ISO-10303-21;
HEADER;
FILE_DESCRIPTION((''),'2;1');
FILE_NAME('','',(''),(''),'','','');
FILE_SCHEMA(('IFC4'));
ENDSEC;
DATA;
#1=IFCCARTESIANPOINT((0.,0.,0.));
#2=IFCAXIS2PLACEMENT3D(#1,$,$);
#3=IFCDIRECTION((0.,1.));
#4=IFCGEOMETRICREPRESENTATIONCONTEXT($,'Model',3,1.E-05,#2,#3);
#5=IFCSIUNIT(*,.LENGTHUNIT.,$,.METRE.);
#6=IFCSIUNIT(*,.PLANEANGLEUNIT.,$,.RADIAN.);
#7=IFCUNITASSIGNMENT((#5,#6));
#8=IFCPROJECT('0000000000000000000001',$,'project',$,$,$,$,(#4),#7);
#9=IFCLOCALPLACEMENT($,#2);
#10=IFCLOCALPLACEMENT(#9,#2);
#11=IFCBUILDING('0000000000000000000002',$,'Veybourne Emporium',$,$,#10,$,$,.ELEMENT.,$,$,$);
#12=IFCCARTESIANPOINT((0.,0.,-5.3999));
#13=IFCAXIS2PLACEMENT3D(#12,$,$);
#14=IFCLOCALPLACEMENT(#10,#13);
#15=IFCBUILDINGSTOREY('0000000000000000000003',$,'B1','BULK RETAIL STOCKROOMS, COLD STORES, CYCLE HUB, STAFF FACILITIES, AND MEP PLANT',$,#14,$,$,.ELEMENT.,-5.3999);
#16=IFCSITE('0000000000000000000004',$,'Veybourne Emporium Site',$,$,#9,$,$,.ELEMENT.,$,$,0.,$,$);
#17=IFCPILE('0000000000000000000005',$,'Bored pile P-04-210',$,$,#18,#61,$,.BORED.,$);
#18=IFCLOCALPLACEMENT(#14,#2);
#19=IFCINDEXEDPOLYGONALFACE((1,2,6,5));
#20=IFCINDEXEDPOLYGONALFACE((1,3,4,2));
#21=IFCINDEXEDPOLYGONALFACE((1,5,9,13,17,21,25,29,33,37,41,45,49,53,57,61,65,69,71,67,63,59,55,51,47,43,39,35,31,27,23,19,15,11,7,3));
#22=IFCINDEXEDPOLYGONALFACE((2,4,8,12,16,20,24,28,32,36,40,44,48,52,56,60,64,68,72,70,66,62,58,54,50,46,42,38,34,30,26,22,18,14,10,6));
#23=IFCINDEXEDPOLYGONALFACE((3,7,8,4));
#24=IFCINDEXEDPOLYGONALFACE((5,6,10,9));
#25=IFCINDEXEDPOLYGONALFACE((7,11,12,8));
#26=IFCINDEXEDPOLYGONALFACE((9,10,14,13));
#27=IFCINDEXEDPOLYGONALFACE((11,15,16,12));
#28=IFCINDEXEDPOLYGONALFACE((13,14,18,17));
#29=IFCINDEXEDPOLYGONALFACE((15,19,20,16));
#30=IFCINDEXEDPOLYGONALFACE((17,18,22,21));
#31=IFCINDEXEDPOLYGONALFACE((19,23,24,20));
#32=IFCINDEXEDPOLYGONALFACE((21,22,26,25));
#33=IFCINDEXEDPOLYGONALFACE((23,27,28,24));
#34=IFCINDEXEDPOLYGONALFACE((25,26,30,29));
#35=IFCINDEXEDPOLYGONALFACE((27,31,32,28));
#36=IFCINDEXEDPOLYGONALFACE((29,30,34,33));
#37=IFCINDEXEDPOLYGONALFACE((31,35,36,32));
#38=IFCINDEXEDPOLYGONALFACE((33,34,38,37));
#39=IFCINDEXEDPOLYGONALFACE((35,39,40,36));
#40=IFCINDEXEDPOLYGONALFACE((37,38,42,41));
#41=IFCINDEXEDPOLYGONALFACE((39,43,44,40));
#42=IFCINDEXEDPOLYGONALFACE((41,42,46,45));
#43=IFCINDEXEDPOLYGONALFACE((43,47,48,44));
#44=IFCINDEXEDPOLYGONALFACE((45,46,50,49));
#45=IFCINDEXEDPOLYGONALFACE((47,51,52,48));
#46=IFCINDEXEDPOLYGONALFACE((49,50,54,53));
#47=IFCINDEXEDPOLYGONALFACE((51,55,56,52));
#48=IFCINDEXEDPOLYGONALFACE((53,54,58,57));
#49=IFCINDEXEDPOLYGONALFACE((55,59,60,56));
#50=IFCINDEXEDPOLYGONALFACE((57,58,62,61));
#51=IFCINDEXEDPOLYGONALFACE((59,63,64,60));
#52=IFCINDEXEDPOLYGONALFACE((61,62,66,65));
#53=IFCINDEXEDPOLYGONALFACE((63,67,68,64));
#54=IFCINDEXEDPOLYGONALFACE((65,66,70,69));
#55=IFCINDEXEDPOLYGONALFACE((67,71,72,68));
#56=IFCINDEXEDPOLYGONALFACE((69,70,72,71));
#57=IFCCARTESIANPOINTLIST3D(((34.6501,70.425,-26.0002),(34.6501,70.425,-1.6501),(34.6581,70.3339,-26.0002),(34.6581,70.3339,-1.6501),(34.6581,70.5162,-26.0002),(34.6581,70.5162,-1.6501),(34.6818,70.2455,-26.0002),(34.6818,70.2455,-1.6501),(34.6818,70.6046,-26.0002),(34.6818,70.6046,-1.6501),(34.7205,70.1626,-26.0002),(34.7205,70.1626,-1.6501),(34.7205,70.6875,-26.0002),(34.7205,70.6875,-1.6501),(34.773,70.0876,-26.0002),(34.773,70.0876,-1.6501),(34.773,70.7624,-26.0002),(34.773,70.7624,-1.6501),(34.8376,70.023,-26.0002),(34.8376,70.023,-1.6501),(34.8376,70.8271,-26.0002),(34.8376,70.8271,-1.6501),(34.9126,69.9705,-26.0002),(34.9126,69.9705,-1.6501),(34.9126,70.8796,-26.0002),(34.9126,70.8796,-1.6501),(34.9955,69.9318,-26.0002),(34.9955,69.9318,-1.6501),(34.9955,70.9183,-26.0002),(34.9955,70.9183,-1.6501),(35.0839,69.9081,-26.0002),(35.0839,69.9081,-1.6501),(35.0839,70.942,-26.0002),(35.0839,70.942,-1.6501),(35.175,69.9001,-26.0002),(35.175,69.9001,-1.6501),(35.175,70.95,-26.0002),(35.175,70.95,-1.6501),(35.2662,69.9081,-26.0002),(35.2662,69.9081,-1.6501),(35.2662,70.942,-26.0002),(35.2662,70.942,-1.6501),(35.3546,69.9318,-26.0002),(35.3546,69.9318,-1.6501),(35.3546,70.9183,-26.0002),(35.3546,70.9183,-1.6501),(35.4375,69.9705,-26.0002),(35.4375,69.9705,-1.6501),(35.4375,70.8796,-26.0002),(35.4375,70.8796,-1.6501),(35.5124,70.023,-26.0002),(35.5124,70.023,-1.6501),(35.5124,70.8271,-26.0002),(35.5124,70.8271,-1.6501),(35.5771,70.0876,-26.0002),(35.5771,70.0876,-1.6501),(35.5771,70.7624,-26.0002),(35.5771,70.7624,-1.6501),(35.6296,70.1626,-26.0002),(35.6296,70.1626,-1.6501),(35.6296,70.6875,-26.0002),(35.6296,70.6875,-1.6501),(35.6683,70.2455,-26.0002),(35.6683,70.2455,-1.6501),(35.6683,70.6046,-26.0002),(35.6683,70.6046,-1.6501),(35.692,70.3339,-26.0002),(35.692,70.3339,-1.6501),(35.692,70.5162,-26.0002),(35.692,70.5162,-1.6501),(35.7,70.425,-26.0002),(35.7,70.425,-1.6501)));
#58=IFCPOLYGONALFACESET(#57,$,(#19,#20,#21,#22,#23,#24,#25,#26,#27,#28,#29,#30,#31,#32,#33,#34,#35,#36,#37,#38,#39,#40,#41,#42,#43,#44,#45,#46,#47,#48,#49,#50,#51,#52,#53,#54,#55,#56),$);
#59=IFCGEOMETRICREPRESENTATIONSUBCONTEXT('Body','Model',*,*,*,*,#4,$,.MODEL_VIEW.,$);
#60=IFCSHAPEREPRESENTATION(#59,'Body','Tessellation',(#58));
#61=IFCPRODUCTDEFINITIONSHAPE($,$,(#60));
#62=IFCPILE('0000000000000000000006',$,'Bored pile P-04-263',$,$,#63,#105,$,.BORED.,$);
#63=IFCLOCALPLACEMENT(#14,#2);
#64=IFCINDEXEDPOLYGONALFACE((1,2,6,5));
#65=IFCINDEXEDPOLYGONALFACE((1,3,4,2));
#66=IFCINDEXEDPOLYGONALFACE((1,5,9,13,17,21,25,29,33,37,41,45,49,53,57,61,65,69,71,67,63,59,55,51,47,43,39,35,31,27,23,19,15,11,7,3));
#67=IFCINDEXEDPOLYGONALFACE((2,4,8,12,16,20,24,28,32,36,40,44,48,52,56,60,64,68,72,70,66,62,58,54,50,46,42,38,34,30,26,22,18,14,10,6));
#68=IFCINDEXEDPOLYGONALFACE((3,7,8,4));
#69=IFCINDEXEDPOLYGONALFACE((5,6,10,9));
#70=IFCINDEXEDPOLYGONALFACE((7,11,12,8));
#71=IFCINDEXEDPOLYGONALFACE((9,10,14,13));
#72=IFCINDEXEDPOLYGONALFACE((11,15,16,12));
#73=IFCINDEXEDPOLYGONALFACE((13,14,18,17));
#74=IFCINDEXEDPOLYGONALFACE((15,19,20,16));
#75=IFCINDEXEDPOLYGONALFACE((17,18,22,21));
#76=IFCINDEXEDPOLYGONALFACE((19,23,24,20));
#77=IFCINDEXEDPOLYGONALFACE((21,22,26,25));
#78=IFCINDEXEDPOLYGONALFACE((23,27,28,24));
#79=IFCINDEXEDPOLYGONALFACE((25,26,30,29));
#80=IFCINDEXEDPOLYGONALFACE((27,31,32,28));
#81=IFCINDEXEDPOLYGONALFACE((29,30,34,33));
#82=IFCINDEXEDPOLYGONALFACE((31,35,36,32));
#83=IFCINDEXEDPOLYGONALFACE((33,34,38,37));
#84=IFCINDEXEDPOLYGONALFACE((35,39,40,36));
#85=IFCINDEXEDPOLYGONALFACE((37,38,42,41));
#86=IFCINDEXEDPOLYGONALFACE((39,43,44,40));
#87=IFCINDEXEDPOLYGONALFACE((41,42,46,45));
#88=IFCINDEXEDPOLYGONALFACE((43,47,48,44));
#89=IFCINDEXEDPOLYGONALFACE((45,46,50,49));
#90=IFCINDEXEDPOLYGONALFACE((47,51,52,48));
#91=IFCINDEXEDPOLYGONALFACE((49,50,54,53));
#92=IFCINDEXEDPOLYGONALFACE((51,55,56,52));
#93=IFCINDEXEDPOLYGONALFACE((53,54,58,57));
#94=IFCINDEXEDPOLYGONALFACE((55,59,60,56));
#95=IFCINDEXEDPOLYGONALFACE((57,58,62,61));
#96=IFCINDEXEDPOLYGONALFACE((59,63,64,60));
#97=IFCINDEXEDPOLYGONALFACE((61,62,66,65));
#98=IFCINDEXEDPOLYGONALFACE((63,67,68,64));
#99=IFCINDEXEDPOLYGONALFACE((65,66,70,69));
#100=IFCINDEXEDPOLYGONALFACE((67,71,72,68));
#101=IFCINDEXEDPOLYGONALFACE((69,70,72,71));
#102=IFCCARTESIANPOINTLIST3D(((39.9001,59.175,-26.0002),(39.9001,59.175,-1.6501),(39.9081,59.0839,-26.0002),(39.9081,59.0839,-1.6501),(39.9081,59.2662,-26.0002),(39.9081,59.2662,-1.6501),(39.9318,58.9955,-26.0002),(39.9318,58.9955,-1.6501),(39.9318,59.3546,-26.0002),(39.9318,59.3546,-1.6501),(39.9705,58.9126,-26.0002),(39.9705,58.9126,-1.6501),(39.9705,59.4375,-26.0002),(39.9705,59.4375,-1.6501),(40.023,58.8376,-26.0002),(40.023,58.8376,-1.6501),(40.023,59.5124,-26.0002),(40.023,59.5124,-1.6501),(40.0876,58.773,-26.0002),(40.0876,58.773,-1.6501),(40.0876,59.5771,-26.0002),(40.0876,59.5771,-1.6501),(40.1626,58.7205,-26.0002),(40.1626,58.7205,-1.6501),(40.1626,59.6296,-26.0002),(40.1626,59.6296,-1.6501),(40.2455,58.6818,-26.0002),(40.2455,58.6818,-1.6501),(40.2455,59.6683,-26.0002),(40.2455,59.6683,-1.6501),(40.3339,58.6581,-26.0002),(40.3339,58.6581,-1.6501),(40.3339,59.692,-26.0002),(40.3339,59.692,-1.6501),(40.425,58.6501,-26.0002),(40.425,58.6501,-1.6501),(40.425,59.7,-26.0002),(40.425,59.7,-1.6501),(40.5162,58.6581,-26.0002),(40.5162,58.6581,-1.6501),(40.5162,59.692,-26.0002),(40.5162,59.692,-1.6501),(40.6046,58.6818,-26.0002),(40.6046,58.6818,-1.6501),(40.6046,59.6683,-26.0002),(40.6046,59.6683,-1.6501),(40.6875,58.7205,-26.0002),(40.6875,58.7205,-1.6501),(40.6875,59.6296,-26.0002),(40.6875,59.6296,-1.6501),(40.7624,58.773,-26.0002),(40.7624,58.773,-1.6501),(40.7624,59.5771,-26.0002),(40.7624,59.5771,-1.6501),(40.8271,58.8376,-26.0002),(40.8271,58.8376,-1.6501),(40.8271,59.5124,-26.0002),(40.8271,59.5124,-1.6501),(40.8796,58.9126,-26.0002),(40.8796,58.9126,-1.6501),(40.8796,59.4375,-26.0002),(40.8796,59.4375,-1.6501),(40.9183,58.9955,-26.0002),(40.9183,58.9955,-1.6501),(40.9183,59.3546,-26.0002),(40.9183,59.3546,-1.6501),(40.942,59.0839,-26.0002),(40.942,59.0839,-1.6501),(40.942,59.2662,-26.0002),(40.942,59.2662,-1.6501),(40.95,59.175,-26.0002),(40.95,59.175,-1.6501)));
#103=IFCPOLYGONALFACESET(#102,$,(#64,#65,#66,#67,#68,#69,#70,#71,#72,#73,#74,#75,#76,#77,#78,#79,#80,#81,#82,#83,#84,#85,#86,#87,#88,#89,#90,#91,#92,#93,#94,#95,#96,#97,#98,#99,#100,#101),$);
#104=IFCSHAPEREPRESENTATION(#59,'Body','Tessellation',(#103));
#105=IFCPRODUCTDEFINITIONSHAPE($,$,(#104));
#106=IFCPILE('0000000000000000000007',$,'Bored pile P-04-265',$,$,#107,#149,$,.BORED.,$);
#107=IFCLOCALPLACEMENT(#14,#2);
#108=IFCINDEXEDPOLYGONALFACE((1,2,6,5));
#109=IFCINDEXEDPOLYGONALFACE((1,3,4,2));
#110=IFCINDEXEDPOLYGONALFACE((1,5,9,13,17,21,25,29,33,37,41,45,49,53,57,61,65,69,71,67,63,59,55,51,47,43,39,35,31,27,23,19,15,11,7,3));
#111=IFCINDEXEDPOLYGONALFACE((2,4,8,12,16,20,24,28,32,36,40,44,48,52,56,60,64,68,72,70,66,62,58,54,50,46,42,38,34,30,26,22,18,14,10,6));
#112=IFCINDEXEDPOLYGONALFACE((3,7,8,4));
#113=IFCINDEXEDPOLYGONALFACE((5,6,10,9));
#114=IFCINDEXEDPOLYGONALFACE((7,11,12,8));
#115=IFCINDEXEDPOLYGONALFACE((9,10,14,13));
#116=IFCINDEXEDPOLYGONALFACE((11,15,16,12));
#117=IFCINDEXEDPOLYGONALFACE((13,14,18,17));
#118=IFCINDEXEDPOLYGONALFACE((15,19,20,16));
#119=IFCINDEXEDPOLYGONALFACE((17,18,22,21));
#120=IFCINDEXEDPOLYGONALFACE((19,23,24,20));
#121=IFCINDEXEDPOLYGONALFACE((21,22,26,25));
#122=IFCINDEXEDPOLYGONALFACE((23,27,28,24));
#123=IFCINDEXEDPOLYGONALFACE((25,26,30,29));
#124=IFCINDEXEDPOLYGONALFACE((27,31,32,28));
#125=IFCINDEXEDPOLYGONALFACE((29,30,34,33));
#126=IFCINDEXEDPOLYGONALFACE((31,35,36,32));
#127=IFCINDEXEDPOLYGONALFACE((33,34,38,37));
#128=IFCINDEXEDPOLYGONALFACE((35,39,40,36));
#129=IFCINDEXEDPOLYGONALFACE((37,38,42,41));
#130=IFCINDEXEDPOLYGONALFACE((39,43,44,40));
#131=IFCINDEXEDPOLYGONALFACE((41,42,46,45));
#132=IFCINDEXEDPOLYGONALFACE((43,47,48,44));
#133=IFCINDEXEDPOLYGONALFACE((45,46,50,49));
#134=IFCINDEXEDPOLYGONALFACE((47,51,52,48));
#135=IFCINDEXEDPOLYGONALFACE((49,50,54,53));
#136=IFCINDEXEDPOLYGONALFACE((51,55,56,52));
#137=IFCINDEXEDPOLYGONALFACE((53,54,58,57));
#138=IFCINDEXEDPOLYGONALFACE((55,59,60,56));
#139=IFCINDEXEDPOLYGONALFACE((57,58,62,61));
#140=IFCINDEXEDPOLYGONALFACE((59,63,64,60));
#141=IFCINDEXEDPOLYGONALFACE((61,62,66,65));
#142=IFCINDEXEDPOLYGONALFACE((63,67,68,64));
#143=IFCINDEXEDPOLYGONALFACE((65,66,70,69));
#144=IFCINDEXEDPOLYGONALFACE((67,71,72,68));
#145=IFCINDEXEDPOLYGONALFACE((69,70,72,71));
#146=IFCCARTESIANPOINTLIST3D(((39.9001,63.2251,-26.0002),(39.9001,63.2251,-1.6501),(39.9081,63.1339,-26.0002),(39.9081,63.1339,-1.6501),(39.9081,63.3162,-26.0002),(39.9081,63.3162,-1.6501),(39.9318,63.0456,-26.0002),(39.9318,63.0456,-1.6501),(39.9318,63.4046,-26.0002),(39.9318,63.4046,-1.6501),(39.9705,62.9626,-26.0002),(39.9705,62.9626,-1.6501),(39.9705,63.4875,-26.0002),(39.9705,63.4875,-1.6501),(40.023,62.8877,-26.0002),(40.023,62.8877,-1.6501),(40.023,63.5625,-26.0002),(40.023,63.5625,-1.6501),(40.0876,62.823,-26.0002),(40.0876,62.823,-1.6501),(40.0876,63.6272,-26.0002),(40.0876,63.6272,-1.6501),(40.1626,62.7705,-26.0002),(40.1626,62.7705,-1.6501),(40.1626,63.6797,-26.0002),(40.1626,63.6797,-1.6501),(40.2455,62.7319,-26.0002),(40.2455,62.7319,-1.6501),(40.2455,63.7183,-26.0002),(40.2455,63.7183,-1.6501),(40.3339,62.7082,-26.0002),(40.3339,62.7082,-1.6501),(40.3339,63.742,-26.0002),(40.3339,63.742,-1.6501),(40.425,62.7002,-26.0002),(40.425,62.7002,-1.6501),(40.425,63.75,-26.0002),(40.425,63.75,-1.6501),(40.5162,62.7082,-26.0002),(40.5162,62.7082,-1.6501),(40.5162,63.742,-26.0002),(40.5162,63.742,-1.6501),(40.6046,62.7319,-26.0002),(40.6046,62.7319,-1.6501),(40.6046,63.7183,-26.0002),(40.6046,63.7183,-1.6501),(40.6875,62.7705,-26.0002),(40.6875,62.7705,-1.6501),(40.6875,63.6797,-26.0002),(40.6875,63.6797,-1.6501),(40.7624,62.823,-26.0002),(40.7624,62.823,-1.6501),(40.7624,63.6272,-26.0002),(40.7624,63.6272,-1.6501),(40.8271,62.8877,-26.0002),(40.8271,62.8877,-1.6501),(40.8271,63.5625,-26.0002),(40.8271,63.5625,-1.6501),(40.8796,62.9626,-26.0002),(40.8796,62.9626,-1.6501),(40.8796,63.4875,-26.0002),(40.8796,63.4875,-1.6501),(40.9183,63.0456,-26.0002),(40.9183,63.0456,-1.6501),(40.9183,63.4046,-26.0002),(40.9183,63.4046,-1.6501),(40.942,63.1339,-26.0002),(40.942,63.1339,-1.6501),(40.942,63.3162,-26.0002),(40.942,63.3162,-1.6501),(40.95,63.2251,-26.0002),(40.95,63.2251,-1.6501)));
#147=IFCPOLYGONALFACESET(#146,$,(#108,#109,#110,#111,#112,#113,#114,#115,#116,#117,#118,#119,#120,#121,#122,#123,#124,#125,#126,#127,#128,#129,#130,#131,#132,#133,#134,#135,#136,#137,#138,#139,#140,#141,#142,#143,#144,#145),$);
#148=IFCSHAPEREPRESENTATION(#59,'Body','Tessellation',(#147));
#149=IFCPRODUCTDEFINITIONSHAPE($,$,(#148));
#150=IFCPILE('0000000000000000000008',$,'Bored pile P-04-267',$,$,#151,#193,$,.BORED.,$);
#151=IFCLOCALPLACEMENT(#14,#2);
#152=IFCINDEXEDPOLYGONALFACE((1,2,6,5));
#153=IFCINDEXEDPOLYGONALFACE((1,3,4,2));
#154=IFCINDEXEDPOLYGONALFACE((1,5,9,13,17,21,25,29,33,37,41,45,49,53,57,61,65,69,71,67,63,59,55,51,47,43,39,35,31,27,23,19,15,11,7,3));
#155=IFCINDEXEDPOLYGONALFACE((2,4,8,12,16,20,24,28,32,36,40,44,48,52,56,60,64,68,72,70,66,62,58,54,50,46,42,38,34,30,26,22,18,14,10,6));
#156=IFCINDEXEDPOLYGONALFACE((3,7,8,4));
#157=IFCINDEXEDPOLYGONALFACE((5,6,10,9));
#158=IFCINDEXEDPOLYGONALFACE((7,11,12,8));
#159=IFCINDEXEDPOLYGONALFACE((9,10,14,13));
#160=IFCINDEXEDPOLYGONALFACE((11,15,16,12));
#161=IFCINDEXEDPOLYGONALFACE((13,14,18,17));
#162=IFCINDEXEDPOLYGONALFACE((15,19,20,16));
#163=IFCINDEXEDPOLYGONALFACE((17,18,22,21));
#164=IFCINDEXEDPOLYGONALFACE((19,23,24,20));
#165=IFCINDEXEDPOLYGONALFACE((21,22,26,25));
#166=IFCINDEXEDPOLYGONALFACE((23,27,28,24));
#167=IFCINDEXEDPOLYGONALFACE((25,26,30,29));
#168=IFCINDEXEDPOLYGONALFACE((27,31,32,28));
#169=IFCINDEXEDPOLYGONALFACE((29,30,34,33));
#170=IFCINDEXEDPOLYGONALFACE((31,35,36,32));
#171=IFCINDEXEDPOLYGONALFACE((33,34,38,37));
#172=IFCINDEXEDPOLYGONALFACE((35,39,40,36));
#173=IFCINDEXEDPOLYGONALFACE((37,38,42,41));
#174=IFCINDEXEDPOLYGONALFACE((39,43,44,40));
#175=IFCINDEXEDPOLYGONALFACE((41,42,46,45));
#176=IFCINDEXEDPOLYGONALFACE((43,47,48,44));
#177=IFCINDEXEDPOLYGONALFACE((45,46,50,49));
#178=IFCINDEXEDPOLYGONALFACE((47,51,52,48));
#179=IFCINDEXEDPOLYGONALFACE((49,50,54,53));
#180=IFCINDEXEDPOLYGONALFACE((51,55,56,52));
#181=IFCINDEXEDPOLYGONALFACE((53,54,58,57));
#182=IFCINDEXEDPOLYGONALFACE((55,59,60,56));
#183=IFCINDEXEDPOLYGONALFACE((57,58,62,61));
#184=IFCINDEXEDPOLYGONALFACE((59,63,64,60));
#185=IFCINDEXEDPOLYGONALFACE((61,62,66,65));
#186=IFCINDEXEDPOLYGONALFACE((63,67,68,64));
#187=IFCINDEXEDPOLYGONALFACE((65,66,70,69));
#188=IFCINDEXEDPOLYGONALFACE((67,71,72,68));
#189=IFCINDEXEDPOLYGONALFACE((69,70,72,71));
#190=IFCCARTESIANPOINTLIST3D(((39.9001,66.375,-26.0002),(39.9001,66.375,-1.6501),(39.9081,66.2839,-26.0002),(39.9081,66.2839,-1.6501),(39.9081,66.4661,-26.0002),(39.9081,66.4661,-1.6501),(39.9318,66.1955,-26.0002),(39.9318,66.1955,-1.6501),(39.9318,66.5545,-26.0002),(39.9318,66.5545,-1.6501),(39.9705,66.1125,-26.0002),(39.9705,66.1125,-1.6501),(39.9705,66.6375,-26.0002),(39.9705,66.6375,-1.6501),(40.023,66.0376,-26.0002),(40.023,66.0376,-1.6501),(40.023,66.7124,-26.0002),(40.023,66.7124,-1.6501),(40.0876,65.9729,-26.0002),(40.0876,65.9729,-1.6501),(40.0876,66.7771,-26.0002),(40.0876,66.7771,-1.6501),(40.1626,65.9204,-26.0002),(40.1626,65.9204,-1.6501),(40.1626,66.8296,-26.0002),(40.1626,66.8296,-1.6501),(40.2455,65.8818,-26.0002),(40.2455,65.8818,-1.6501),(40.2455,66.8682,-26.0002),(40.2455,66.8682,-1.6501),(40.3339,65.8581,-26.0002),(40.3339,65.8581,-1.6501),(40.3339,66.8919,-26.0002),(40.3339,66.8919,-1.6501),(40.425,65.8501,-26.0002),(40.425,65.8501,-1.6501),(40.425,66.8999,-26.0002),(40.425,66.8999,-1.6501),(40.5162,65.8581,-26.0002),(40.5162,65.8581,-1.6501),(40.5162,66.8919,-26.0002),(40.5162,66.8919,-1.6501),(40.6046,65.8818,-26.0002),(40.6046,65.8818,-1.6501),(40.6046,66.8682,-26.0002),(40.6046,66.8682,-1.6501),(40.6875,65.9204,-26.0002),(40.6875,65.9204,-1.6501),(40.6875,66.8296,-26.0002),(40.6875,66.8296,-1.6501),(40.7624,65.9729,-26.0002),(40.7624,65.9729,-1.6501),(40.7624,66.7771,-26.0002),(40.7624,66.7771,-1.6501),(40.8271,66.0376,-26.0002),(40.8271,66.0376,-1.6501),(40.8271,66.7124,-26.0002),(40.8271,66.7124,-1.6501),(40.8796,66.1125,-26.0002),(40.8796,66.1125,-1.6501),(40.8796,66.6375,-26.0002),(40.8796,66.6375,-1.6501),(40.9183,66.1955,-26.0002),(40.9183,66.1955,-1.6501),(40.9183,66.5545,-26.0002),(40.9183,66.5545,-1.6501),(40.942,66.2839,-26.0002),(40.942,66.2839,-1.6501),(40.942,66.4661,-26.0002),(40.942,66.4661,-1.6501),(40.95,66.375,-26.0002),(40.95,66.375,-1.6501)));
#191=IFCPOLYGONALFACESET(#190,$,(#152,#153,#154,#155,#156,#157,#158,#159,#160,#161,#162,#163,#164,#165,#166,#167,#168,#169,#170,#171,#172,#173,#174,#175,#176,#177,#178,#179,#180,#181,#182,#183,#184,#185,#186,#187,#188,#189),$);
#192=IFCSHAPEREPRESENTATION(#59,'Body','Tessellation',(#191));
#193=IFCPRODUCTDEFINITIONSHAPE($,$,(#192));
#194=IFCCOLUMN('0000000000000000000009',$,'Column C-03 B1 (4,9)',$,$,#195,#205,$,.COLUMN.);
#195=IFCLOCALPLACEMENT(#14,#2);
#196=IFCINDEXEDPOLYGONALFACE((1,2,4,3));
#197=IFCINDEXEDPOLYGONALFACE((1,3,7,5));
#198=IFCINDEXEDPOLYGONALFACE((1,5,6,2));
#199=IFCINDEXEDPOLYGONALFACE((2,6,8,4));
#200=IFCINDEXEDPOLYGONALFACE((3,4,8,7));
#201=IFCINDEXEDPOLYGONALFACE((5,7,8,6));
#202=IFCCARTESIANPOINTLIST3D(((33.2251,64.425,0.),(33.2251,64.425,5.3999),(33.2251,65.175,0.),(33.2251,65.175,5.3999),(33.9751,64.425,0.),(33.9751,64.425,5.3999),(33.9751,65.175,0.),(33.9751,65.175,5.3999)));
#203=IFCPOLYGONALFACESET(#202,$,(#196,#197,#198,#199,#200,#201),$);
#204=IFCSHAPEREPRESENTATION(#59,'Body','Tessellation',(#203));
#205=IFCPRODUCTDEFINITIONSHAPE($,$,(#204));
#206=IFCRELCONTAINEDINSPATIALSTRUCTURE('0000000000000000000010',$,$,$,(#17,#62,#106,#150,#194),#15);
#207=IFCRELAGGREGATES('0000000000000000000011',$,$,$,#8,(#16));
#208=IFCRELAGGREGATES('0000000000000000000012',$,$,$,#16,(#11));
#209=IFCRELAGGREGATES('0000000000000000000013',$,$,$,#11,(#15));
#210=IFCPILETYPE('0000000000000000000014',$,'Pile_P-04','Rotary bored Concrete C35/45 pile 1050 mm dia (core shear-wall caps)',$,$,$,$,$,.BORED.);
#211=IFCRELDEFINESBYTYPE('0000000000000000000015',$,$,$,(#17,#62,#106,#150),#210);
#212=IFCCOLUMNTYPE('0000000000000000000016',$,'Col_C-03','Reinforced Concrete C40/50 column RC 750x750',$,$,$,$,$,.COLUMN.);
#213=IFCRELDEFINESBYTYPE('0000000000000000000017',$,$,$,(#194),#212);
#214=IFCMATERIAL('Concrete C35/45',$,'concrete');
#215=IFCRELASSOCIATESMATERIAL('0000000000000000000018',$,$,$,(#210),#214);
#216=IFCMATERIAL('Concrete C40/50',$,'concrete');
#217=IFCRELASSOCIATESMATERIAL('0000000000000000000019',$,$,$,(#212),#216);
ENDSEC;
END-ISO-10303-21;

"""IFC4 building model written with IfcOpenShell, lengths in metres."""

from ifc_helpers import new_model, si_unit, direction, frame, origin, origin_2d, place, context, subcontext, project, spatial, rectangle, circle, extrude, material, material_profile, profile_set, type_object, element, save


model = new_model("IFC4")

# Units and contexts
model_context = context("Model", 3, precision=1e-05, world=origin(), true_north=direction((0.0, 1.0)))
body_context = subcontext(model_context, "Body", "Model", "MODEL_VIEW")
ifc_project = project(units=[si_unit("LENGTHUNIT", "METRE"), si_unit("PLANEANGLEUNIT", "RADIAN")], contexts=[model_context])

# Site, building, storey
site_placement = place(None, origin())
site = spatial("IfcSite", under=ifc_project, at=site_placement, Name="Veybourne Emporium Site", CompositionType="ELEMENT", RefElevation=0.0)
building_placement = place(site_placement, origin())
building = spatial("IfcBuilding", under=site, at=building_placement, Name="Veybourne Emporium", CompositionType="ELEMENT")
storey_placement = place(building_placement, frame((0.0, 0.0, -5.3999)))
storey = spatial("IfcBuildingStorey", under=building, at=storey_placement, Name="B1", Description="BULK RETAIL STOCKROOMS, COLD STORES, CYCLE HUB, STAFF FACILITIES, AND MEP PLANT", CompositionType="ELEMENT", Elevation=-5.3999)

# Shared definitions
ifc_material_1 = material(Name="Concrete C35/45", Category="concrete")

# Piles
ifc_material_profile_1 = material_profile(ifc_material_1, circle(Radius=0.5249, at=origin_2d()), Name="BORED PILE 1050")
ifc_profile_set_1 = profile_set([ifc_material_profile_1], Name="Concrete C35/45")
pile_type = type_object("IfcPileType", Name="Pile_P-04", Description="Rotary bored Concrete C35/45 pile 1050 mm dia (core shear-wall caps)", PredefinedType="BORED", material=ifc_profile_set_1)
for number, where, z_axis, x_axis, name in (
    (1, (35.175, 70.425, -1.6501), (0.0, 0.0, -1.0), (1.0, 0.0, 0.0), "Bored pile P-04-210"),
    (2, (40.425, 59.175, -1.6501), (0.0, 0.0, -1.0), (1.0, 0.0, 0.0), "Bored pile P-04-263"),
    (3, (40.425, 63.2251, -1.6501), (0.0, 0.0, -1.0), (1.0, 0.0, 0.0), "Bored pile P-04-265"),
    (4, (40.425, 66.375, -1.6501), (0.0, 0.0, -1.0), (1.0, 0.0, 0.0), "Bored pile P-04-267"),
):
    element("IfcPile", number, at=place(storey_placement, frame(where, z_axis=z_axis, x_axis=x_axis)), inside=storey, type_object=pile_type, Name=name, PredefinedType="BORED", context=body_context, shape_type="SweptSolid", body=[
        extrude(circle(Radius=0.5249, at=origin_2d()), origin(), (0.0, 0.0, 1.0), 24.3501),
    ])

# Column
ifc_material_2 = material(Name="Concrete C40/50", Category="concrete")
ifc_material_profile_2 = material_profile(ifc_material_2, rectangle(XDim=0.75, YDim=0.75, at=origin_2d()), Name="RC 750x750")
ifc_profile_set_2 = profile_set([ifc_material_profile_2], Name="Concrete C40/50")
column_type = type_object("IfcColumnType", Name="Col_C-03", Description="Reinforced Concrete C40/50 column RC 750x750", PredefinedType="COLUMN", material=ifc_profile_set_2)
column_placement = place(storey_placement, frame((33.6001, 64.8, 0.0), z_axis=(0.0, 0.0, 1.0), x_axis=(1.0, 0.0, 0.0)))
element("IfcColumn", 5, at=column_placement, inside=storey, type_object=column_type, Name="Column C-03 B1 (4,9)", PredefinedType="COLUMN", context=body_context, shape_type="SweptSolid", body=[
    extrude(rectangle(XDim=0.75, YDim=0.75, at=origin_2d()), origin(), (0.0, 0.0, 1.0), 5.3999),
])

save(model, "model.ifc")
